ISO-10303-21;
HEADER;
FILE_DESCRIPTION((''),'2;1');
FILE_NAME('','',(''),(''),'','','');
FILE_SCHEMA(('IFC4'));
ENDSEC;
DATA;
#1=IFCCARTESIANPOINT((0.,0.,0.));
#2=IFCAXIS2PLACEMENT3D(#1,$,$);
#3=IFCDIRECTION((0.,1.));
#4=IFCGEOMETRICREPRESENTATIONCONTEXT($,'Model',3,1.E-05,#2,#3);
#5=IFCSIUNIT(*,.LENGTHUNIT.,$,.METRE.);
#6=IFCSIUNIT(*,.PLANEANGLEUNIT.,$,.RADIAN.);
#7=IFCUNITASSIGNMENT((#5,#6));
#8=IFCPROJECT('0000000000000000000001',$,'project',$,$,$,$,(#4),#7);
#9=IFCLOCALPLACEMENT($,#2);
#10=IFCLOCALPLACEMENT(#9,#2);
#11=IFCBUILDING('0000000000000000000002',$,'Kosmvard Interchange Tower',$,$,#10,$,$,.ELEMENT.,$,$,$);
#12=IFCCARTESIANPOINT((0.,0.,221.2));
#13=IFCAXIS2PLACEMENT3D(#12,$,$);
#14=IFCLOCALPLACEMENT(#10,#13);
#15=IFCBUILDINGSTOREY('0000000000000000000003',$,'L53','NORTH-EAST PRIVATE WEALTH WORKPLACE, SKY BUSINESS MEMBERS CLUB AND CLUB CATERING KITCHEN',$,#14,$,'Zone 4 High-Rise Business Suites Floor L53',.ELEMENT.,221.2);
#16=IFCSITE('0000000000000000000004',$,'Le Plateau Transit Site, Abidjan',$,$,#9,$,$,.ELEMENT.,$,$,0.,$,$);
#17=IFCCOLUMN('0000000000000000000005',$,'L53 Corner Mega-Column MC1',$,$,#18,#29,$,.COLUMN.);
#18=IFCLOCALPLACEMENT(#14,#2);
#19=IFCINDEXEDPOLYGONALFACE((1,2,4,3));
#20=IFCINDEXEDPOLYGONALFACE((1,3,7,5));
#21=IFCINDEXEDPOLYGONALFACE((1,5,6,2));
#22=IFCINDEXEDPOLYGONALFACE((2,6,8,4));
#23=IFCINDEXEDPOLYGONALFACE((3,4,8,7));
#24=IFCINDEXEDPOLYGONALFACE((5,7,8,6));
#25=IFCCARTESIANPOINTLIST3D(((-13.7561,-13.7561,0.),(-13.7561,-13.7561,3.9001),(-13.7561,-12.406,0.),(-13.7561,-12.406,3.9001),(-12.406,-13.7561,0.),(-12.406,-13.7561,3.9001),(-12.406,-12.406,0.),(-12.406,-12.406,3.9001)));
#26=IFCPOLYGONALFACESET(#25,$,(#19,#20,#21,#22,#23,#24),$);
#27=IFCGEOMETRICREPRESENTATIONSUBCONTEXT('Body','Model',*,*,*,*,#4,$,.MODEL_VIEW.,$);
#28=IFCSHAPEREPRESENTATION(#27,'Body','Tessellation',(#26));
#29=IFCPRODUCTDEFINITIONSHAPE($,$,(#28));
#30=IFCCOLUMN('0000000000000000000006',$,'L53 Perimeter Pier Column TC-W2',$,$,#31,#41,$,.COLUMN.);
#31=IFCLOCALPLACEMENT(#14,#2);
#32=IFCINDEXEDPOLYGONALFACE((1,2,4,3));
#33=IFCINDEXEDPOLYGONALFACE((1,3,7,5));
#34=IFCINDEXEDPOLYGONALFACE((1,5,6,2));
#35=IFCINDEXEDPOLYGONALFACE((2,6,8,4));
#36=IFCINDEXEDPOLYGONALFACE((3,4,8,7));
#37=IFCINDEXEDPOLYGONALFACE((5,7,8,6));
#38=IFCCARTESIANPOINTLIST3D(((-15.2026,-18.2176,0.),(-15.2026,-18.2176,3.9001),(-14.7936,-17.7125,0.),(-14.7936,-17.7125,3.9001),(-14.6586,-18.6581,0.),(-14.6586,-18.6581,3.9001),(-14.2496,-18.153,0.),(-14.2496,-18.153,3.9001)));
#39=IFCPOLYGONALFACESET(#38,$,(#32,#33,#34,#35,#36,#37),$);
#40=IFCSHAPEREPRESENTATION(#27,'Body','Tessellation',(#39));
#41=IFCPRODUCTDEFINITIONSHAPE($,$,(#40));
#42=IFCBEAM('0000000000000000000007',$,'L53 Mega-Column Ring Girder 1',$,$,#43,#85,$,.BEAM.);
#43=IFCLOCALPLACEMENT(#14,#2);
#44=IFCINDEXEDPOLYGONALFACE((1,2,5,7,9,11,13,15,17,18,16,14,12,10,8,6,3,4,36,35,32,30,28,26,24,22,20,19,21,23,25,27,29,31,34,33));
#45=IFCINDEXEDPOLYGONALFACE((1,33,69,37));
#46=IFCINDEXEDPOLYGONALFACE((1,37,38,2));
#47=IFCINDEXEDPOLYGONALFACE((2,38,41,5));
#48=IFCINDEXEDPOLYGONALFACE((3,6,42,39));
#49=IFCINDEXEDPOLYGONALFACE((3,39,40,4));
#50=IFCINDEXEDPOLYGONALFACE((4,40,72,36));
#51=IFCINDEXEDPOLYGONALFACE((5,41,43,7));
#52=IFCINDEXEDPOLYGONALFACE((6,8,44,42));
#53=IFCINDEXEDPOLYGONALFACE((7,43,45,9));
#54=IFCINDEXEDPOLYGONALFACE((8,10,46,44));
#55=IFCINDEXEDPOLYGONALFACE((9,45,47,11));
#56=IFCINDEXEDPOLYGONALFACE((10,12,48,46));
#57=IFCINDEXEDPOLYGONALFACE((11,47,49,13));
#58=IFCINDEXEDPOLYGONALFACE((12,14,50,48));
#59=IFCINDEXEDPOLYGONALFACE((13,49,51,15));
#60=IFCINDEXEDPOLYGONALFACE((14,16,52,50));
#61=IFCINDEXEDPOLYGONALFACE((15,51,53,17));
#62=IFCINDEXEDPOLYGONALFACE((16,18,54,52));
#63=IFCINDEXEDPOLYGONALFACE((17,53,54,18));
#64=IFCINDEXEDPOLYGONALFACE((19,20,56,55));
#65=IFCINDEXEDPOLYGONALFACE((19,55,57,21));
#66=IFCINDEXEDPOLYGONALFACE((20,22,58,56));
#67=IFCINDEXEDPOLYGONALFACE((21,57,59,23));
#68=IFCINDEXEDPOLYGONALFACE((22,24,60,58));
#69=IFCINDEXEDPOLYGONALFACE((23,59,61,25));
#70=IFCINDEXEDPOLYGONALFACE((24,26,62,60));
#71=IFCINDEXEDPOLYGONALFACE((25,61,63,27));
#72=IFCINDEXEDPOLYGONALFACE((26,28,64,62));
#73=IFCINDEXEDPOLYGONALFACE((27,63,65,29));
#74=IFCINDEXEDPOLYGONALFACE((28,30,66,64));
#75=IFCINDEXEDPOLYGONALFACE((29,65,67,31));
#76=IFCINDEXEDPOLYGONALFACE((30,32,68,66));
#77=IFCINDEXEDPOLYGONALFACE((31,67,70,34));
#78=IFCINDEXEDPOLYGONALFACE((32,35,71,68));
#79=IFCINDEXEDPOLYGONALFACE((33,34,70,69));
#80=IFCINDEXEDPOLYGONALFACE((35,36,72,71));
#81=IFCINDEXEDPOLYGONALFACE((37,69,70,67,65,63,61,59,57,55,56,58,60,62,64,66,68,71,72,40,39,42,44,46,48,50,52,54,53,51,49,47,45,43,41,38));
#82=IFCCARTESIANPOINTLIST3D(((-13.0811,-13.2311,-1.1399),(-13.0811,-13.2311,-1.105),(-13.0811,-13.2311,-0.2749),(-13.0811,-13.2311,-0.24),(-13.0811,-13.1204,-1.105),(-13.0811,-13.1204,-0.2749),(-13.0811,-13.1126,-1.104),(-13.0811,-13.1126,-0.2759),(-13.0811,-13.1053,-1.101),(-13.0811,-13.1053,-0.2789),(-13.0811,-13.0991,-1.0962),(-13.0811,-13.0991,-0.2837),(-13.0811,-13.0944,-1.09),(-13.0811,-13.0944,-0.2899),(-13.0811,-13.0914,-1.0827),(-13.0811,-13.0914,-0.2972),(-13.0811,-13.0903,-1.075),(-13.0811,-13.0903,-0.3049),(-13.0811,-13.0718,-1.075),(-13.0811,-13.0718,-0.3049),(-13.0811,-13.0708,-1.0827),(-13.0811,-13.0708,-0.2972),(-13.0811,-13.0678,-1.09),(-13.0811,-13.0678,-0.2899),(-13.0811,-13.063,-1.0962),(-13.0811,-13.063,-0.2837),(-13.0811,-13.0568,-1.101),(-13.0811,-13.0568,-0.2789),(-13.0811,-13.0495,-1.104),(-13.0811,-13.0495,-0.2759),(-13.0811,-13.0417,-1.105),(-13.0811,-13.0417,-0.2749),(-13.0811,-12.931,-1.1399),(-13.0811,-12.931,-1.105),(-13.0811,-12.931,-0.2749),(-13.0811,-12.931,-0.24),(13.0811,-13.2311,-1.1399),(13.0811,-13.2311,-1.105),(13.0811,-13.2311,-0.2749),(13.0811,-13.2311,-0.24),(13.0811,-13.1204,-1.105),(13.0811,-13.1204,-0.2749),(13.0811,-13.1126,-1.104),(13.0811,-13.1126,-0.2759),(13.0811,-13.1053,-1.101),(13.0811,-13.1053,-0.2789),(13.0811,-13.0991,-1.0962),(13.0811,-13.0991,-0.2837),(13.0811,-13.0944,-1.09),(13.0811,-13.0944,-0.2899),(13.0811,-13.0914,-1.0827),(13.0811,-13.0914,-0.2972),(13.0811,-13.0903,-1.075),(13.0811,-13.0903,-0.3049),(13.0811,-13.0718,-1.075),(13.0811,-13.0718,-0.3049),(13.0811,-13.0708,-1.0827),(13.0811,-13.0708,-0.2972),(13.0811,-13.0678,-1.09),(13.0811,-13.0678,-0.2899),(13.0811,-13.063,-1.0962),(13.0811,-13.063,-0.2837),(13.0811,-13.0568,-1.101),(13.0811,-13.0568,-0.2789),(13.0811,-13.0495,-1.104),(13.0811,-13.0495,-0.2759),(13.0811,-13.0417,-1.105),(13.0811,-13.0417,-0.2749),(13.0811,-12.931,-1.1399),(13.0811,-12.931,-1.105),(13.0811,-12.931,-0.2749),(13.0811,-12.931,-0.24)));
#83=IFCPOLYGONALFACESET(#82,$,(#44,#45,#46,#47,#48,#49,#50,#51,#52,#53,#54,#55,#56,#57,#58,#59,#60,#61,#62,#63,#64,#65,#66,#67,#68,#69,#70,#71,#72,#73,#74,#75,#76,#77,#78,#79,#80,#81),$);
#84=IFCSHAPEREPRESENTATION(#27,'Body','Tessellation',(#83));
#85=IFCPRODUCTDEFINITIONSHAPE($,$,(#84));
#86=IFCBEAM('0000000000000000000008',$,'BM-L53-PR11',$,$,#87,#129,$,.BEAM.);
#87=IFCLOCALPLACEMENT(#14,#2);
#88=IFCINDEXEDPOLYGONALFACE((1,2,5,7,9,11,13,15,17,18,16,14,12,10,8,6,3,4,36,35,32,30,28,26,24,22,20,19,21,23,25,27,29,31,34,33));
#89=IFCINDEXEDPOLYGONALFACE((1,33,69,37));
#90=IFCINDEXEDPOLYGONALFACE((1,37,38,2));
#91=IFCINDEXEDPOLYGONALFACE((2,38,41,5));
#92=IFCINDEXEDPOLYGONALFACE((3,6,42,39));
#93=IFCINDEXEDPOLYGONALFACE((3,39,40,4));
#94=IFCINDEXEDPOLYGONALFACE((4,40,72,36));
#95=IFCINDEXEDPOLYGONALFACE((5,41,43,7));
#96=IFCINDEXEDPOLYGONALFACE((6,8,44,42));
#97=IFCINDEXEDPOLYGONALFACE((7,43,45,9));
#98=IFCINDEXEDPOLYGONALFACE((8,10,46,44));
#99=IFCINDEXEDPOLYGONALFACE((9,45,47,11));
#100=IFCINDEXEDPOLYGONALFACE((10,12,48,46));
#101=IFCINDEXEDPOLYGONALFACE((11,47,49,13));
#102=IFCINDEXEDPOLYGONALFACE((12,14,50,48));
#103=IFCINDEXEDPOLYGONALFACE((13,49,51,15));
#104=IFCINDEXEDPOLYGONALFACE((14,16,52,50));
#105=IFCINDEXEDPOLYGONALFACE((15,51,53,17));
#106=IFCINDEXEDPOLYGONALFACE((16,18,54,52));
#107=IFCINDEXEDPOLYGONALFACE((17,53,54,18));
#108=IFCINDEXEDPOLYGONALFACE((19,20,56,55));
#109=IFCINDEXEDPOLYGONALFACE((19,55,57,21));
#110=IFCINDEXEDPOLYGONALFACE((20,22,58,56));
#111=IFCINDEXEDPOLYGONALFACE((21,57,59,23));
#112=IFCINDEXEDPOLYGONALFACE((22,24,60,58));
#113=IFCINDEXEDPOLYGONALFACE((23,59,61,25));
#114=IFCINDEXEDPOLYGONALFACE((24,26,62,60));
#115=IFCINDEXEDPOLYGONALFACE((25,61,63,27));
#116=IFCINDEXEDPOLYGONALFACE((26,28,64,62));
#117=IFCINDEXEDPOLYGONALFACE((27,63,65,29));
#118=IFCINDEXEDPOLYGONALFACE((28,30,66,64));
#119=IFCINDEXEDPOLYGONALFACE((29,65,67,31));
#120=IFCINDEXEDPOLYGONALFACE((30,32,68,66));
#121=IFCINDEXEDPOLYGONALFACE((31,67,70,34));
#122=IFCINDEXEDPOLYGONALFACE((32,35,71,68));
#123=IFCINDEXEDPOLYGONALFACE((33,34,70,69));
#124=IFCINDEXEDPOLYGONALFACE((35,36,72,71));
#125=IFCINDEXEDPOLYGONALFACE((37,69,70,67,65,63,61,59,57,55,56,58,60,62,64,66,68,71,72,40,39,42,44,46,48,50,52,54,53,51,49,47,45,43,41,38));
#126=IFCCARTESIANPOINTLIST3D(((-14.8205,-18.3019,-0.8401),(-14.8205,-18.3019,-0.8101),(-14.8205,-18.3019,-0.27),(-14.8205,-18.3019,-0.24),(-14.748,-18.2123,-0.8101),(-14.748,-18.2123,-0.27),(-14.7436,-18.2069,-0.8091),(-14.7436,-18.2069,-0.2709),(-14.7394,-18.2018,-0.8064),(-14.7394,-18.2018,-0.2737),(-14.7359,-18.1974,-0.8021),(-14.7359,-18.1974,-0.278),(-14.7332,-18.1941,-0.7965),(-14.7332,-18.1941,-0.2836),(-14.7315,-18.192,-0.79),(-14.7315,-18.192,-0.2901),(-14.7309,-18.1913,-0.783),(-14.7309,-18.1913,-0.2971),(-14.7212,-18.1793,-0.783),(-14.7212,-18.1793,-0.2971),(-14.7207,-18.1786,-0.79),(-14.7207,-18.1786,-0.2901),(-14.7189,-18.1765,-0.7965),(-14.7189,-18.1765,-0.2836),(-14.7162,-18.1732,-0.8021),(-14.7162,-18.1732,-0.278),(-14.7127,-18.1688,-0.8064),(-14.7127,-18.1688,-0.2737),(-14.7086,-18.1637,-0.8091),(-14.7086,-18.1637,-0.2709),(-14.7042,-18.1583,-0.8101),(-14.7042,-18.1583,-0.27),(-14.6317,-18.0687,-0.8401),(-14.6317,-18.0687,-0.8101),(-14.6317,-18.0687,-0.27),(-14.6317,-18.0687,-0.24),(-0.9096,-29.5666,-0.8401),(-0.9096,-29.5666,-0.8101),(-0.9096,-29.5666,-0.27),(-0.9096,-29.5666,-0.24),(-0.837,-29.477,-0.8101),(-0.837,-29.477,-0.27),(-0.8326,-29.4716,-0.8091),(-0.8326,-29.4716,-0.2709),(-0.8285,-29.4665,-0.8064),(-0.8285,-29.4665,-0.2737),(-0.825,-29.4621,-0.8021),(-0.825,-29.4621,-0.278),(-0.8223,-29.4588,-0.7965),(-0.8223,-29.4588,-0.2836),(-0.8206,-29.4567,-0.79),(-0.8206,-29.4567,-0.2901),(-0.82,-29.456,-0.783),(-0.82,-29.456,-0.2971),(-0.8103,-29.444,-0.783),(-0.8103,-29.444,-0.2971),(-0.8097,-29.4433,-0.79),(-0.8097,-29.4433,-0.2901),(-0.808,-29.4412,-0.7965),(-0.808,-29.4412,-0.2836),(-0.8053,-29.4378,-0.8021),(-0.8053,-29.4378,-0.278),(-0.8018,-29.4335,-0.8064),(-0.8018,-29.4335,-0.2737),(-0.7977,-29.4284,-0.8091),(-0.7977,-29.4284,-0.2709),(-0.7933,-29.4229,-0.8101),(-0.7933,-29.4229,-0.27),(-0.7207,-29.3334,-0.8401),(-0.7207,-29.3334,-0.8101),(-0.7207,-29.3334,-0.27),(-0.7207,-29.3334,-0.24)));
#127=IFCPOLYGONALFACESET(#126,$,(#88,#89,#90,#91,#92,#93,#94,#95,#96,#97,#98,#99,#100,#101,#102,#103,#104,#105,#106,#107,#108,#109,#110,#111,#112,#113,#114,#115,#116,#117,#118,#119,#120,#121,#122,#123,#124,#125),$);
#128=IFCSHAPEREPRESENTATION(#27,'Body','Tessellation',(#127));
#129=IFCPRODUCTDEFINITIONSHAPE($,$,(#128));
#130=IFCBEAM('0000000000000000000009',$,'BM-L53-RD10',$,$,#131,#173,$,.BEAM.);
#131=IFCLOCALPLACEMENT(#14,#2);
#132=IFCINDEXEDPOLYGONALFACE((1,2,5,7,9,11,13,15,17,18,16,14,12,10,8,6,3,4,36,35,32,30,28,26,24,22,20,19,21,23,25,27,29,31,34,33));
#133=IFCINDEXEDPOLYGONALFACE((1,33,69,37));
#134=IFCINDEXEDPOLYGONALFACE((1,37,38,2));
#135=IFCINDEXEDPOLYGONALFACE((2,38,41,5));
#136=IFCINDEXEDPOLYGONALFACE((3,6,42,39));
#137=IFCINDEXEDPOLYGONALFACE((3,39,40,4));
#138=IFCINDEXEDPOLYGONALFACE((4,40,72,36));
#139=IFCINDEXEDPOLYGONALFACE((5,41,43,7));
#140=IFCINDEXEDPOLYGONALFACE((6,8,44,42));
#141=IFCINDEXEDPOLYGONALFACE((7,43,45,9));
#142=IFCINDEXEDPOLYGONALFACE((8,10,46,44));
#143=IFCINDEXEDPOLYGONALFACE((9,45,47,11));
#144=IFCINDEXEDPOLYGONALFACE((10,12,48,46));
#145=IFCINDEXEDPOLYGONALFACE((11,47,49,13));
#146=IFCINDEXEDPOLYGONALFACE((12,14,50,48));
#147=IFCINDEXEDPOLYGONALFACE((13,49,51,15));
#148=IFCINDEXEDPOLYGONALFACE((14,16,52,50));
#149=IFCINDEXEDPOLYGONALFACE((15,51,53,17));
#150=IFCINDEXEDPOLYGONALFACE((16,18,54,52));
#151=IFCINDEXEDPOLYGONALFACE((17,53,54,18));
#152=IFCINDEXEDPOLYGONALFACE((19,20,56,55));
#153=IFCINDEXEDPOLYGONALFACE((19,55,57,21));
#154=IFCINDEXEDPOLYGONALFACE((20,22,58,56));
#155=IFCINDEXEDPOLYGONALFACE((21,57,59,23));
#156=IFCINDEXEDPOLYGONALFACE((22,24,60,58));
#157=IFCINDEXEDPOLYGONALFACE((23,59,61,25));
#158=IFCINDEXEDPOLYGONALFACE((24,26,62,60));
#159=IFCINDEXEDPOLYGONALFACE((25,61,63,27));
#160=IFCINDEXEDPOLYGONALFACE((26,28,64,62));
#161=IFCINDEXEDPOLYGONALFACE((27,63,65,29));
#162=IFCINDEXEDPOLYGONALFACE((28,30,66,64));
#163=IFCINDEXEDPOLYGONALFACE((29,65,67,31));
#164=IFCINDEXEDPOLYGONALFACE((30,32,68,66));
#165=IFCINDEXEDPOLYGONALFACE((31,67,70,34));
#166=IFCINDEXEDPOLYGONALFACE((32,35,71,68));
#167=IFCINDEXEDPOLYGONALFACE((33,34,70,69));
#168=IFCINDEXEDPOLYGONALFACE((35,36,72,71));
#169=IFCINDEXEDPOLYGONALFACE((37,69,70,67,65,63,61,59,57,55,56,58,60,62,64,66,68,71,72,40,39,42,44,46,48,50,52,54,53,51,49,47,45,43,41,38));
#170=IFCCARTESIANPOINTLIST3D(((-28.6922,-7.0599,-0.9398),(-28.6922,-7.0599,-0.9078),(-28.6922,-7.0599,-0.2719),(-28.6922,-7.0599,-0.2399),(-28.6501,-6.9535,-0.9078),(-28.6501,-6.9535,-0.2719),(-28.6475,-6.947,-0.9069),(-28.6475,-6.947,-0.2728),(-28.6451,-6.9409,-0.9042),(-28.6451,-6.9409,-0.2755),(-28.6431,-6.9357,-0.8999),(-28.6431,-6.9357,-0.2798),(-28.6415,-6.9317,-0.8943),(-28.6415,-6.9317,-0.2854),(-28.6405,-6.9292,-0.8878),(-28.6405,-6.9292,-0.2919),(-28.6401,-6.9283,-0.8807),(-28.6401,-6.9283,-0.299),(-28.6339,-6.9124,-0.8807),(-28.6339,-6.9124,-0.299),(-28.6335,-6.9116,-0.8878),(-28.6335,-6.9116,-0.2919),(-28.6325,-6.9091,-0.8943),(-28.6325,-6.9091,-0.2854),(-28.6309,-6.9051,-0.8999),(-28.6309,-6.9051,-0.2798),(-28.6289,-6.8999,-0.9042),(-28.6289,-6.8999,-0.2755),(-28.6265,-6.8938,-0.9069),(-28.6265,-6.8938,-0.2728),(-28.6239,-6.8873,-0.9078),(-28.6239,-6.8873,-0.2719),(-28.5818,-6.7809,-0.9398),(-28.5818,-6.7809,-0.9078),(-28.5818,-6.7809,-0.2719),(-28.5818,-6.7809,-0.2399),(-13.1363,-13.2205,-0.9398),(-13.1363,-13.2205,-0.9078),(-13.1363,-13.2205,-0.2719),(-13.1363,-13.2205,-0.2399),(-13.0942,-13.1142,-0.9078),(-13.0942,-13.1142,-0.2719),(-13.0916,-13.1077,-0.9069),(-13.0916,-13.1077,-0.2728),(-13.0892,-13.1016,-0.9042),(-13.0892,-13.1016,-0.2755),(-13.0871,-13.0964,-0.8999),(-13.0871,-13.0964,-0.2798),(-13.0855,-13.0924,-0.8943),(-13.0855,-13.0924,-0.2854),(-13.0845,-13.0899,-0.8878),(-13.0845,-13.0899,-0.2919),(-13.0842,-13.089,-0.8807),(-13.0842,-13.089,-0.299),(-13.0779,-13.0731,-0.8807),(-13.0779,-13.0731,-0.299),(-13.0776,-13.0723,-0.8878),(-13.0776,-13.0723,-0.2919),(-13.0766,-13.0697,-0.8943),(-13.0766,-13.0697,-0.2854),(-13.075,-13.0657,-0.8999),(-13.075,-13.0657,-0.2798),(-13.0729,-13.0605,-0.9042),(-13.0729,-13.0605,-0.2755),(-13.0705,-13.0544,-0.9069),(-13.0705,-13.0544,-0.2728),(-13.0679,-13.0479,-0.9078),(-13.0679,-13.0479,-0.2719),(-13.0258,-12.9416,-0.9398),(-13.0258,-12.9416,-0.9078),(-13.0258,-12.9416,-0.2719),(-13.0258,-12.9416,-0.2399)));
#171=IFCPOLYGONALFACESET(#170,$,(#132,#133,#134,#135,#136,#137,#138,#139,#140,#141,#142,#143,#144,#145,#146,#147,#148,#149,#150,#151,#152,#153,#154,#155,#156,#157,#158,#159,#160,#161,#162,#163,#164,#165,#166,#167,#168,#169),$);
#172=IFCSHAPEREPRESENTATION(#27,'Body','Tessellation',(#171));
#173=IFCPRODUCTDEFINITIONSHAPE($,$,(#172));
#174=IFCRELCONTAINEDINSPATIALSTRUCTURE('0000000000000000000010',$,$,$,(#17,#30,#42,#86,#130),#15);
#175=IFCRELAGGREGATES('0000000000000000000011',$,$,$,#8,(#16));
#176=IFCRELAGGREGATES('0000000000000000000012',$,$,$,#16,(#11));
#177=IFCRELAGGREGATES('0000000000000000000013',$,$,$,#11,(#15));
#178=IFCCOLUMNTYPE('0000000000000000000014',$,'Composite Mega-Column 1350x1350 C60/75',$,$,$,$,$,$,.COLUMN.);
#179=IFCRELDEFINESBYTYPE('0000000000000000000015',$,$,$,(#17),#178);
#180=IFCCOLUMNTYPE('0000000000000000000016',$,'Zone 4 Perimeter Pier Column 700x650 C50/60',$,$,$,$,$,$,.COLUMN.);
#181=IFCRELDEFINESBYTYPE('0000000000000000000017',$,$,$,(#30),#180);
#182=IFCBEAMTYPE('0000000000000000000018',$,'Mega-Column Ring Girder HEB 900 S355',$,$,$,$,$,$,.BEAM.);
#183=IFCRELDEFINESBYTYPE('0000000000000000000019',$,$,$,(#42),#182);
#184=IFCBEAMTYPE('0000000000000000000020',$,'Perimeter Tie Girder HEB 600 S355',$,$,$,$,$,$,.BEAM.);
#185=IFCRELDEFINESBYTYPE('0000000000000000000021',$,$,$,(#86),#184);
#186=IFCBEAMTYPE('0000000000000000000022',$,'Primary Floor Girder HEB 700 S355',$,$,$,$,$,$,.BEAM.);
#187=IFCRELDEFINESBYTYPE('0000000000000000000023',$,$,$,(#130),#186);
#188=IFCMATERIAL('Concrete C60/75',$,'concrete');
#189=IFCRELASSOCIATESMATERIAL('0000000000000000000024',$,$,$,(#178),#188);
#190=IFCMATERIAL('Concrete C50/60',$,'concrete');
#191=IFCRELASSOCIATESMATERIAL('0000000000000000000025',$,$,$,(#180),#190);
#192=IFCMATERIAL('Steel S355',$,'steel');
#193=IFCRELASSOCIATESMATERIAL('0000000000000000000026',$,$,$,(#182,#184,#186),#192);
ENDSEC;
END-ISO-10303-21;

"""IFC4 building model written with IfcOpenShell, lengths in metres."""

from ifc_helpers import new_model, si_unit, direction, frame, origin, origin_2d, place, context, subcontext, project, spatial, rectangle, i_section, extrude, source, transform, mapped, material, material_profile, profile_set, type_object, element, save


model = new_model("IFC4")

# Units and contexts
model_context = context("Model", 3, precision=1e-05, world=origin(), true_north=direction((0.0, 1.0)))
body_context = subcontext(model_context, "Body", "Model", "MODEL_VIEW")
ifc_project = project(units=[si_unit("LENGTHUNIT", "METRE"), si_unit("PLANEANGLEUNIT", "RADIAN")], contexts=[model_context])

# Site, building, storey
site_placement = place(None, origin())
site = spatial("IfcSite", under=ifc_project, at=site_placement, Name="Le Plateau Transit Site, Abidjan", CompositionType="ELEMENT", RefElevation=0.0)
building_placement = place(site_placement, origin())
building = spatial("IfcBuilding", under=site, at=building_placement, Name="Kosmvard Interchange Tower", CompositionType="ELEMENT")
storey_placement = place(building_placement, frame((0.0, 0.0, 221.2)))
storey = spatial("IfcBuildingStorey", under=building, at=storey_placement, Name="L53", Description="NORTH-EAST PRIVATE WEALTH WORKPLACE, SKY BUSINESS MEMBERS CLUB AND CLUB CATERING KITCHEN", LongName="Zone 4 High-Rise Business Suites Floor L53", CompositionType="ELEMENT", Elevation=221.2)

# Columns
ifc_material_1 = material(Name="Concrete C60/75", Category="concrete")
ifc_material_profile_1 = material_profile(ifc_material_1, rectangle(XDim=1.3501, YDim=1.3501, at=origin_2d()), Name="MC 1350x1350")
ifc_profile_set_1 = profile_set([ifc_material_profile_1], Name="Concrete C60/75")
column_type_1 = type_object("IfcColumnType", Name="Composite Mega-Column 1350x1350 C60/75", PredefinedType="COLUMN", material=ifc_profile_set_1)
shared_shape_1 = source(origin(), body_context, "Body", "SweptSolid", [
    extrude(rectangle(XDim=1.3501, YDim=1.3501, at=origin_2d()), origin(), (0.0, 0.0, 1.0), 3.9001),
])
column_1_placement = place(storey_placement, frame((-13.0811, -13.0811, 0.0), z_axis=(0.0, 0.0, 1.0), x_axis=(1.0, 0.0, 0.0)))
element("IfcColumn", 1, at=column_1_placement, inside=storey, type_object=column_type_1, Name="L53 Corner Mega-Column MC1", PredefinedType="COLUMN", context=body_context, shape_type="MappedRepresentation", body=[
    mapped(shared_shape_1, transform((0.0, 0.0, 0.0), scale=1.0)),
])
ifc_material_2 = material(Name="Concrete C50/60", Category="concrete")
ifc_material_profile_2 = material_profile(ifc_material_2, rectangle(XDim=0.6499, YDim=0.7, at=origin_2d()), Name="TC 700x650")
ifc_profile_set_2 = profile_set([ifc_material_profile_2], Name="Concrete C50/60")
column_type_2 = type_object("IfcColumnType", Name="Zone 4 Perimeter Pier Column 700x650 C50/60", PredefinedType="COLUMN", material=ifc_profile_set_2)
shared_shape_2 = source(origin(), body_context, "Body", "SweptSolid", [
    extrude(rectangle(XDim=0.6499, YDim=0.7, at=origin_2d()), origin(), (0.0, 0.0, 1.0), 3.9001),
])
column_2_placement = place(storey_placement, frame((-14.7261, -18.1853, 0.0), z_axis=(0.0, 0.0, 1.0), x_axis=(0.62932, 0.777146, 0.0)))
element("IfcColumn", 2, at=column_2_placement, inside=storey, type_object=column_type_2, Name="L53 Perimeter Pier Column TC-W2", PredefinedType="COLUMN", context=body_context, shape_type="MappedRepresentation", body=[
    mapped(shared_shape_2, transform((0.0, 0.0, 0.0), scale=1.0)),
])

# Beams
ifc_material_3 = material(Name="Steel S355", Category="steel")
ifc_material_profile_3 = material_profile(ifc_material_3, i_section(OverallWidth=0.3, OverallDepth=0.8999, WebThickness=0.0186, FlangeThickness=0.0349, FilletRadius=0.03, at=origin_2d()), Name="HEB 900")
ifc_profile_set_3 = profile_set([ifc_material_profile_3], Name="Steel S355")
beam_type_1 = type_object("IfcBeamType", Name="Mega-Column Ring Girder HEB 900 S355", PredefinedType="BEAM", material=ifc_profile_set_3)
shared_shape_3 = source(origin(), body_context, "Body", "SweptSolid", [
    extrude(i_section(OverallWidth=0.3, OverallDepth=0.8999, WebThickness=0.0186, FlangeThickness=0.0349, FilletRadius=0.03, at=origin_2d()), origin(), (0.0, 0.0, 1.0), 26.1621),
])
beam_1_placement = place(storey_placement, frame((-13.0811, -13.0811, -0.6899), z_axis=(1.0, 0.0, 0.0), x_axis=(0.0, 1.0, 0.0)))
element("IfcBeam", 3, at=beam_1_placement, inside=storey, type_object=beam_type_1, Name="L53 Mega-Column Ring Girder 1", PredefinedType="BEAM", context=body_context, shape_type="MappedRepresentation", body=[
    mapped(shared_shape_3, transform((0.0, 0.0, 0.0), scale=1.0)),
])
ifc_material_profile_4 = material_profile(ifc_material_3, i_section(OverallWidth=0.3, OverallDepth=0.6001, WebThickness=0.0154, FlangeThickness=0.03, FilletRadius=0.0271, at=origin_2d()), Name="HEB 600")
ifc_profile_set_4 = profile_set([ifc_material_profile_4], Name="Steel S355")
beam_type_2 = type_object("IfcBeamType", Name="Perimeter Tie Girder HEB 600 S355", PredefinedType="BEAM", material=ifc_profile_set_4)
shared_shape_4 = source(origin(), body_context, "Body", "SweptSolid", [
    extrude(i_section(OverallWidth=0.3, OverallDepth=0.6001, WebThickness=0.0154, FlangeThickness=0.03, FilletRadius=0.0271, at=origin_2d()), origin(), (0.0, 0.0, 1.0), 17.8999),
])
beam_2_placement = place(storey_placement, frame((-14.7261, -18.1853, -0.54), z_axis=(0.777151, -0.629315, 0.0), x_axis=(0.629315, 0.777151, 0.0)))
element("IfcBeam", 4, at=beam_2_placement, inside=storey, type_object=beam_type_2, Name="BM-L53-PR11", PredefinedType="BEAM", context=body_context, shape_type="MappedRepresentation", body=[
    mapped(shared_shape_4, transform((0.0, 0.0, 0.0), scale=1.0)),
])
ifc_material_profile_5 = material_profile(ifc_material_3, i_section(OverallWidth=0.3, OverallDepth=0.7, WebThickness=0.0171, FlangeThickness=0.032, FilletRadius=0.0271, at=origin_2d()), Name="HEB 700")
ifc_profile_set_5 = profile_set([ifc_material_profile_5], Name="Steel S355")
beam_type_3 = type_object("IfcBeamType", Name="Primary Floor Girder HEB 700 S355", PredefinedType="BEAM", material=ifc_profile_set_5)
shared_shape_5 = source(origin(), body_context, "Body", "SweptSolid", [
    extrude(i_section(OverallWidth=0.3, OverallDepth=0.7, WebThickness=0.0171, FlangeThickness=0.032, FilletRadius=0.0271, at=origin_2d()), origin(), (0.0, 0.0, 1.0), 16.7314),
])
beam_3_placement = place(storey_placement, frame((-13.0811, -13.0811, -0.5898), z_axis=(-0.929743, 0.368209, 0.0), x_axis=(-0.368209, -0.929743, 0.0)))
element("IfcBeam", 5, at=beam_3_placement, inside=storey, type_object=beam_type_3, Name="BM-L53-RD10", PredefinedType="BEAM", context=body_context, shape_type="MappedRepresentation", body=[
    mapped(shared_shape_5, transform((0.0, 0.0, 0.0), scale=1.0)),
])

save(model, "model.ifc")
